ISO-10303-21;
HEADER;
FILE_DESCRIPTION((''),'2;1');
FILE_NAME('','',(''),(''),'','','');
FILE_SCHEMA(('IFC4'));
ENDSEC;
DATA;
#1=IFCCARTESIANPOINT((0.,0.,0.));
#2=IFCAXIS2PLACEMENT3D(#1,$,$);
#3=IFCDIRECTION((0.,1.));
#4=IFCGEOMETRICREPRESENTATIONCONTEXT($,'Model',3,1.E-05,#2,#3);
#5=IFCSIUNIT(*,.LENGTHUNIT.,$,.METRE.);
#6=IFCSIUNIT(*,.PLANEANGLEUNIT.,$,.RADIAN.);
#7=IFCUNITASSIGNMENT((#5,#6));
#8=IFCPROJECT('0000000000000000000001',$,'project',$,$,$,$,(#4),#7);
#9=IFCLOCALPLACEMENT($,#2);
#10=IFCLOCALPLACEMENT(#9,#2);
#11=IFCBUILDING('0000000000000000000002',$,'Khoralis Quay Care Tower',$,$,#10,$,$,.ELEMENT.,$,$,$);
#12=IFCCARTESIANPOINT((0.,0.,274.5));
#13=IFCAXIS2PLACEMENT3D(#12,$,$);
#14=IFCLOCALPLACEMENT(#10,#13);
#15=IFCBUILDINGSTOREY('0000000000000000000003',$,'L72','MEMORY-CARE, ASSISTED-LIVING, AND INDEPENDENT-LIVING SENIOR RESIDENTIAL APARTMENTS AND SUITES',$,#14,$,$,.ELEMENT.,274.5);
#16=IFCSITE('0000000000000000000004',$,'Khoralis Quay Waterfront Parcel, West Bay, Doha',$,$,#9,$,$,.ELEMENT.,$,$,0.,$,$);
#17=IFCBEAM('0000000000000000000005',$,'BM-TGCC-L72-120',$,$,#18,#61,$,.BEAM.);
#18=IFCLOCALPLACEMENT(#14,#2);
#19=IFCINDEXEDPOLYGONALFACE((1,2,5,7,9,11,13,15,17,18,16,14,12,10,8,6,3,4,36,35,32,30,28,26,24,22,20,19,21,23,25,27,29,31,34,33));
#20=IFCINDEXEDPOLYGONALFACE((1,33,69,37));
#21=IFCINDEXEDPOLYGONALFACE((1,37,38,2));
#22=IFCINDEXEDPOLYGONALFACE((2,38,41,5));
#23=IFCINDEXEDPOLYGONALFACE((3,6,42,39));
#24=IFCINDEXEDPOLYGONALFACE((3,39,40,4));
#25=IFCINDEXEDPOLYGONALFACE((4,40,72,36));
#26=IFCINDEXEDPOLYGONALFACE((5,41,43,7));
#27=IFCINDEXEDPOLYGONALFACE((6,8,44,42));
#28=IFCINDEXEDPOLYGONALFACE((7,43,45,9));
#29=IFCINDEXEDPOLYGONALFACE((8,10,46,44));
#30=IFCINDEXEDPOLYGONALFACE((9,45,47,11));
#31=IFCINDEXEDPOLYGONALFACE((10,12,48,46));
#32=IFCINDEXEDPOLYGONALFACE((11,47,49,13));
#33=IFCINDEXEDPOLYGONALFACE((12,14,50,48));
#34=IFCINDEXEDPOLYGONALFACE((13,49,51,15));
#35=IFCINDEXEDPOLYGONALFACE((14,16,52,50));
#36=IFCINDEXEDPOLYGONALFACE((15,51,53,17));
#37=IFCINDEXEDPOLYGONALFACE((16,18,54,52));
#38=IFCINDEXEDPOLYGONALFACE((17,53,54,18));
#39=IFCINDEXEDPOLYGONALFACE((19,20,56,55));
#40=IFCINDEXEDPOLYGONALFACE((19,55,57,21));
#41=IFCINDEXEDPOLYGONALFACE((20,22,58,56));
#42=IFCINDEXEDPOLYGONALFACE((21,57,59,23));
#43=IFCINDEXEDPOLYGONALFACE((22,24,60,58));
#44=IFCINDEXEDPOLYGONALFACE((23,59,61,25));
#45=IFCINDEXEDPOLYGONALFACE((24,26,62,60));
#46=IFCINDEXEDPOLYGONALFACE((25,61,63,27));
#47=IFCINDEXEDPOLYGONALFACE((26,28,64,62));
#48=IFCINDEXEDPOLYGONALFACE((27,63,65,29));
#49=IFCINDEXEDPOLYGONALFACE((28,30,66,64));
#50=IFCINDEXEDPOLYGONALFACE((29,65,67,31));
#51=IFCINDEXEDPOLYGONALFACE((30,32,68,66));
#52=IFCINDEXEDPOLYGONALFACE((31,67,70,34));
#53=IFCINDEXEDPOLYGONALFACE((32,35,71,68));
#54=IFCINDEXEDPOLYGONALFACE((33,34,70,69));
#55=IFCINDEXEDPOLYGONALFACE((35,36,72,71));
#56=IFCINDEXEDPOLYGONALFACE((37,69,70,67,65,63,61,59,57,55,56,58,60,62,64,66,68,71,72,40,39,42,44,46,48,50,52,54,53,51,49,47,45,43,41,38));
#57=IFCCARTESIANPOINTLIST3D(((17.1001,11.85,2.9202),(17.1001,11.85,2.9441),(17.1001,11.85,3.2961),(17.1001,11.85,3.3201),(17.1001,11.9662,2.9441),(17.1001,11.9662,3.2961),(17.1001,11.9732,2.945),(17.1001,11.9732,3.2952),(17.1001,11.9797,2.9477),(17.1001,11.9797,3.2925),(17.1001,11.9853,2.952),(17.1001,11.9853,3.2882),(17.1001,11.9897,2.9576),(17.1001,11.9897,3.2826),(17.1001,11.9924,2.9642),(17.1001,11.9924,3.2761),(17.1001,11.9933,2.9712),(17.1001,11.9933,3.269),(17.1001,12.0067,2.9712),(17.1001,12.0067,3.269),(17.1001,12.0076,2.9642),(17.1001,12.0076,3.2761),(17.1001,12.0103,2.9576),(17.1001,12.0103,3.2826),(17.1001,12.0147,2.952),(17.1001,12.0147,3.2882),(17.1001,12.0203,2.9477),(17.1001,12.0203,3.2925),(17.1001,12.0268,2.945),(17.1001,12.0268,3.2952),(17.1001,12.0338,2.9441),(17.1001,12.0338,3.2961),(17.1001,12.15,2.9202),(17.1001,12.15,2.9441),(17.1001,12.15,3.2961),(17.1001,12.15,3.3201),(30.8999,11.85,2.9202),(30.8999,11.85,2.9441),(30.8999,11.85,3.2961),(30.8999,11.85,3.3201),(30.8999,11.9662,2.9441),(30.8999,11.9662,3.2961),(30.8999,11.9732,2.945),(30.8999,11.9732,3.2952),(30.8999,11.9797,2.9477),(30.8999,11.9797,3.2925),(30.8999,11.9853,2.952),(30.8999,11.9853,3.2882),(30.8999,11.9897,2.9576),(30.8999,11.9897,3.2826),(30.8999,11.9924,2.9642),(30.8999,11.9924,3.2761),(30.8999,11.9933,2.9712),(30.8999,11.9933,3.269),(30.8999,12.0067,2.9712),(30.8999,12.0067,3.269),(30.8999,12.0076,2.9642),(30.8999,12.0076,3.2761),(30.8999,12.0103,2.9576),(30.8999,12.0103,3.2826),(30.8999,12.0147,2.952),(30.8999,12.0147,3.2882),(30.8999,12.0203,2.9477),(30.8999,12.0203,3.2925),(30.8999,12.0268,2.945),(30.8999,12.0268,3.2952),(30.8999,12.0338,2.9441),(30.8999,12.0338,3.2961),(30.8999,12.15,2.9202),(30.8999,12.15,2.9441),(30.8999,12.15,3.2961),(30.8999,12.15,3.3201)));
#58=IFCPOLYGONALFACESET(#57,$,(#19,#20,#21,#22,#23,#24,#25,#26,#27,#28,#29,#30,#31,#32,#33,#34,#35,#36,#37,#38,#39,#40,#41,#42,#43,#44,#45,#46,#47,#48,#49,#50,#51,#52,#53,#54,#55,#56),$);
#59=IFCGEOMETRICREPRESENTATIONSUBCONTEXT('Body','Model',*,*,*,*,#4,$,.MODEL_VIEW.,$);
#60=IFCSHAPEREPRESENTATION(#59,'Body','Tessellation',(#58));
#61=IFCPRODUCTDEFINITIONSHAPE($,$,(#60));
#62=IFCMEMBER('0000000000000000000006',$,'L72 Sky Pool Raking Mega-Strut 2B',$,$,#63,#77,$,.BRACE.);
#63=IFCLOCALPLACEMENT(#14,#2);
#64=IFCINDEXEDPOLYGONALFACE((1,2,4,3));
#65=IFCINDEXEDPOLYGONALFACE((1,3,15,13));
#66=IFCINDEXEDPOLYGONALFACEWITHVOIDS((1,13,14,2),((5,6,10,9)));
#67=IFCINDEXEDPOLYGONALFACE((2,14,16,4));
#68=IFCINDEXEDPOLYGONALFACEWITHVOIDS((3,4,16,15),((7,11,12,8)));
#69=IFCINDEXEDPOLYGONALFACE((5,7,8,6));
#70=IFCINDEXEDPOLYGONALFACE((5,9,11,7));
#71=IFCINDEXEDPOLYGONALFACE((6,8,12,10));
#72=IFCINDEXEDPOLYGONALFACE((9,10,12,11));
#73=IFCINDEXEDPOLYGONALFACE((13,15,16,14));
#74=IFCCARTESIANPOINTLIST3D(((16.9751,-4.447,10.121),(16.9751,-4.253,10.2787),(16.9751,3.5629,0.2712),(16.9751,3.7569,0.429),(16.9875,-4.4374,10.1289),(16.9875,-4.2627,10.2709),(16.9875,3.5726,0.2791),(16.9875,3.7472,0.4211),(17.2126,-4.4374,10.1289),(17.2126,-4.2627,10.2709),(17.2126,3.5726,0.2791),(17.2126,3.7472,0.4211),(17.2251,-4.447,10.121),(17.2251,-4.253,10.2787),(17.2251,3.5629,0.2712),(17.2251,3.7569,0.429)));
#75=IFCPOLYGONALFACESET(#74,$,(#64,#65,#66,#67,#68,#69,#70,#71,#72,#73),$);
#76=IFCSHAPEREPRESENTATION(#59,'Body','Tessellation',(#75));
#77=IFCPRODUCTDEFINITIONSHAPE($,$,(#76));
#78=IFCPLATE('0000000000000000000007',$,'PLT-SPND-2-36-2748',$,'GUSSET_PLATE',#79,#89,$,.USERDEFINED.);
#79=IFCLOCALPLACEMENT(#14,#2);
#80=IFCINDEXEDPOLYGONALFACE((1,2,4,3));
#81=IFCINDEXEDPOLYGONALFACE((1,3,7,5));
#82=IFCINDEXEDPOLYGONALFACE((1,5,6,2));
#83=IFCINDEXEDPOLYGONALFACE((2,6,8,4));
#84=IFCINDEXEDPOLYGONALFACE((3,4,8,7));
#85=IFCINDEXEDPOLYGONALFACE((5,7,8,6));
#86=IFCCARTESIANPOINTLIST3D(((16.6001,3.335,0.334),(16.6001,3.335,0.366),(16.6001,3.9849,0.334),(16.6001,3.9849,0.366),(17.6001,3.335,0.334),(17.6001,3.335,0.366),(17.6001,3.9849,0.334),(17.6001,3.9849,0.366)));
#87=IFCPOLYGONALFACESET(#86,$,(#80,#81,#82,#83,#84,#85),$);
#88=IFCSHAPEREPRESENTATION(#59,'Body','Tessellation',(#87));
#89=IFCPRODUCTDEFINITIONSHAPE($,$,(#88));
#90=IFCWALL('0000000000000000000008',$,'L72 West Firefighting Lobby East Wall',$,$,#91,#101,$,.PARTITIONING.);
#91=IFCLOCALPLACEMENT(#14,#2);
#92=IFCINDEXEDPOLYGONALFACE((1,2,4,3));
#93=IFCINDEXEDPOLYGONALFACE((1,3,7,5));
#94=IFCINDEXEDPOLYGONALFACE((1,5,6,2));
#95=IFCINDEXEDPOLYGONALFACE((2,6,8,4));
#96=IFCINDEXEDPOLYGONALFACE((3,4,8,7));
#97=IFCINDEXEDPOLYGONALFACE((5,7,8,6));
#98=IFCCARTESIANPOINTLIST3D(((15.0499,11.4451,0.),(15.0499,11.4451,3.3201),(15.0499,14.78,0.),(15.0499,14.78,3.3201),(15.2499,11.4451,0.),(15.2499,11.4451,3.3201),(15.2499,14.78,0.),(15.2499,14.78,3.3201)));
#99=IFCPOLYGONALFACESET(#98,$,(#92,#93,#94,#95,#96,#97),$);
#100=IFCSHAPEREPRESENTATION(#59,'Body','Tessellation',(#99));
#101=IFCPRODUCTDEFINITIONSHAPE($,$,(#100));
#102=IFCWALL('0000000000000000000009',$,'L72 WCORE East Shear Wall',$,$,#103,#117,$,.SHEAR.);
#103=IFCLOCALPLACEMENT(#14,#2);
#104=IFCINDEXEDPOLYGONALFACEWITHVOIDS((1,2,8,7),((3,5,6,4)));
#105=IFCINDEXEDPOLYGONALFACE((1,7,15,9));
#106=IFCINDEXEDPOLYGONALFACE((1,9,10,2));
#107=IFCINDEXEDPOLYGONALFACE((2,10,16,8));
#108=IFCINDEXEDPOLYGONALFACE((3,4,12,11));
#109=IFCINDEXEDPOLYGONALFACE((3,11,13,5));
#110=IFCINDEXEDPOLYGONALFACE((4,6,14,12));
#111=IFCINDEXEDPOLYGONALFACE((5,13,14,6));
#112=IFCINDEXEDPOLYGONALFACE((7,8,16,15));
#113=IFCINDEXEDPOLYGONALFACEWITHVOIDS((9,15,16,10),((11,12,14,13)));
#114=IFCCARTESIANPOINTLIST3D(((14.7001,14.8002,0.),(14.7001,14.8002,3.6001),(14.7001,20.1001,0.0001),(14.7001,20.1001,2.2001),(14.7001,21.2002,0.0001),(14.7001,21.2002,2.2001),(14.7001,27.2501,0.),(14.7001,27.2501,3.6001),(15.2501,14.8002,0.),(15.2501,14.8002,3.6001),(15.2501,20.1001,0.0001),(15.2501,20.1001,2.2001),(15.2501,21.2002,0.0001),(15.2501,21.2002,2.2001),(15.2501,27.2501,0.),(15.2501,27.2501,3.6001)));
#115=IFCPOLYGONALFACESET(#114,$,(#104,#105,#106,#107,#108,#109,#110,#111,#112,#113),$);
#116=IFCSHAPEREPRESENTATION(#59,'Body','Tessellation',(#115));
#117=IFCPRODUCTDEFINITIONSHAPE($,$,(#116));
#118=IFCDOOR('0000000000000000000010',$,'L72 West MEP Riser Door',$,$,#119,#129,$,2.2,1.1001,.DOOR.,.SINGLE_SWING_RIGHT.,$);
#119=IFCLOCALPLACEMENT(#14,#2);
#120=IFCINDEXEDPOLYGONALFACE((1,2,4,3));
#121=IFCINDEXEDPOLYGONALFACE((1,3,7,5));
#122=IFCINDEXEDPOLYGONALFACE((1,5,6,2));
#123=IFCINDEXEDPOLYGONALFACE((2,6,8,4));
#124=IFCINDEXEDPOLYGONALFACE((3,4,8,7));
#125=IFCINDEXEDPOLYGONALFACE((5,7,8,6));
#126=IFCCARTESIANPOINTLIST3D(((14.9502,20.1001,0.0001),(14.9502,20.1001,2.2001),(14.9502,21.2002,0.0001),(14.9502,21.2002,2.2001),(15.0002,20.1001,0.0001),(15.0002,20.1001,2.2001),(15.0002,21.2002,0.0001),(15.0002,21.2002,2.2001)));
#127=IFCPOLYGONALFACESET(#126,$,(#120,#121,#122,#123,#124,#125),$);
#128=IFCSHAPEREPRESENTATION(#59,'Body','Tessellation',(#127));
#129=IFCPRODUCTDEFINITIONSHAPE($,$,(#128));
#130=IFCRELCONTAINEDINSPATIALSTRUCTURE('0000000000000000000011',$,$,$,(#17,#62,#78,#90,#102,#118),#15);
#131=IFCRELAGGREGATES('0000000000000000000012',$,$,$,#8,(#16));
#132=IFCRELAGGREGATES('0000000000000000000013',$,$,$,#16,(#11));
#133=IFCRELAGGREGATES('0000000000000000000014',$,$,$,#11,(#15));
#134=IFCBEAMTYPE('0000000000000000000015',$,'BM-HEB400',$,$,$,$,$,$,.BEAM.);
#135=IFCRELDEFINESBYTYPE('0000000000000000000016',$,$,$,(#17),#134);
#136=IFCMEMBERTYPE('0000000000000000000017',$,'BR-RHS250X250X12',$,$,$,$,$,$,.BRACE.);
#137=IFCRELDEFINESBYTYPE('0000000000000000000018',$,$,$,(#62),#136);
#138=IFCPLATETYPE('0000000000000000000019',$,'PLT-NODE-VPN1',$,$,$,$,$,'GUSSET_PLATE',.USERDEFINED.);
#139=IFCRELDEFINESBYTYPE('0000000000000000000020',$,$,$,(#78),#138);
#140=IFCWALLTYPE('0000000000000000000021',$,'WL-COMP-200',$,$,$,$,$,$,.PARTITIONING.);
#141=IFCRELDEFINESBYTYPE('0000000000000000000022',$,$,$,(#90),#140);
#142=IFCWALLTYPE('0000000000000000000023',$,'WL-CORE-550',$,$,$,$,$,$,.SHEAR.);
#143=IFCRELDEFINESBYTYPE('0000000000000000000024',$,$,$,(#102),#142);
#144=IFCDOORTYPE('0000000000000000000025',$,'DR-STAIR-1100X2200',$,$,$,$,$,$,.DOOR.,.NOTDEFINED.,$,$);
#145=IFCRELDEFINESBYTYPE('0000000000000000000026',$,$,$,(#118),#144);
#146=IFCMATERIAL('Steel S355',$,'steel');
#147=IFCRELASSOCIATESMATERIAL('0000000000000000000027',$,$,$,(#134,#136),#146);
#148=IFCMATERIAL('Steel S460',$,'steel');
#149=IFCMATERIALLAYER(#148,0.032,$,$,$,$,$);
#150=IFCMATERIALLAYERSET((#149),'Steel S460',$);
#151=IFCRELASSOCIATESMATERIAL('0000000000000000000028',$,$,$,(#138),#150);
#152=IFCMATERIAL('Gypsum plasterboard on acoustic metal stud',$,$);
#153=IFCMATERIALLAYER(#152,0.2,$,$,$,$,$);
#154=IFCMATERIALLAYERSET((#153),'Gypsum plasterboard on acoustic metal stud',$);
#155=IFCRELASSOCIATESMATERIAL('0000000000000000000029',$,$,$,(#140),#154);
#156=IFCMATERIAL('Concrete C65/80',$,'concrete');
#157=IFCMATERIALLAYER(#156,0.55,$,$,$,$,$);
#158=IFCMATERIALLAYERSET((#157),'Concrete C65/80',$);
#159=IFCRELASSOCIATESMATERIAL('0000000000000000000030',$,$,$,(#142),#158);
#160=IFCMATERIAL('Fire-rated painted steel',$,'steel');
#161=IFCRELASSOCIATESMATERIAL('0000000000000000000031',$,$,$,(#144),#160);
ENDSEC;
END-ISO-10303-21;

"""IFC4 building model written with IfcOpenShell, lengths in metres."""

from ifc_helpers import new_model, si_unit, direction, frame, frame_2d, origin, origin_2d, place, context, subcontext, project, spatial, rectangle, hollow_rectangle, i_section, extrude, source, transform, mapped, material, layer, layer_set, material_profile, profile_set, type_object, element, fill, save


model = new_model("IFC4")

# Units and contexts
model_context = context("Model", 3, precision=1e-05, world=origin(), true_north=direction((0.0, 1.0)))
body_context = subcontext(model_context, "Body", "Model", "MODEL_VIEW")
ifc_project = project(units=[si_unit("LENGTHUNIT", "METRE"), si_unit("PLANEANGLEUNIT", "RADIAN")], contexts=[model_context])

# Site, building, storey
site_placement = place(None, origin())
site = spatial("IfcSite", under=ifc_project, at=site_placement, Name="Khoralis Quay Waterfront Parcel, West Bay, Doha", CompositionType="ELEMENT", RefElevation=0.0)
building_placement = place(site_placement, origin())
building = spatial("IfcBuilding", under=site, at=building_placement, Name="Khoralis Quay Care Tower", CompositionType="ELEMENT")
storey_placement = place(building_placement, frame((0.0, 0.0, 274.5)))
storey = spatial("IfcBuildingStorey", under=building, at=storey_placement, Name="L72", Description="MEMORY-CARE, ASSISTED-LIVING, AND INDEPENDENT-LIVING SENIOR RESIDENTIAL APARTMENTS AND SUITES", CompositionType="ELEMENT", Elevation=274.5)

# Beam
ifc_material_1 = material(Name="Steel S355", Category="steel")
ifc_material_profile_1 = material_profile(ifc_material_1, i_section(OverallWidth=0.3, OverallDepth=0.3999, WebThickness=0.0134, FlangeThickness=0.0239, FilletRadius=0.0271, at=origin_2d()), Name="Steel S355")
ifc_profile_set_1 = profile_set([ifc_material_profile_1], Name="Steel S355")
beam_type_1 = type_object("IfcBeamType", Name="BM-HEB400", PredefinedType="BEAM", material=ifc_profile_set_1)
shared_shape_1 = source(origin(), body_context, "Body", "SweptSolid", [
    extrude(i_section(OverallWidth=0.3, OverallDepth=0.3999, WebThickness=0.0134, FlangeThickness=0.0239, FilletRadius=0.0271, at=origin_2d()), origin(), (0.0, 0.0, 1.0), 13.7998),
])
beam_1_placement = place(storey_placement, frame((17.1001, 12.0, 3.1201), z_axis=(1.0, 0.0, 0.0), x_axis=(0.0, 1.0, 0.0)))
element("IfcBeam", 1, at=beam_1_placement, inside=storey, type_object=beam_type_1, Name="BM-TGCC-L72-120", PredefinedType="BEAM", context=body_context, shape_type="MappedRepresentation", body=[
    mapped(shared_shape_1, transform((0.0, 0.0, 0.0), scale=1.0)),
])

# Member
ifc_material_profile_2 = material_profile(ifc_material_1, hollow_rectangle(XDim=0.25, YDim=0.25, WallThickness=0.0125, at=origin_2d()), Name="Steel S355")
ifc_profile_set_2 = profile_set([ifc_material_profile_2], Name="Steel S355")
member_type = type_object("IfcMemberType", Name="BR-RHS250X250X12", PredefinedType="BRACE", material=ifc_profile_set_2)
shared_shape_2 = source(origin(), body_context, "Body", "SweptSolid", [
    extrude(hollow_rectangle(XDim=0.25, YDim=0.25, WallThickness=0.0125, at=origin_2d()), origin(), (0.0, 0.0, 1.0), 12.6956),
])
member_placement = place(storey_placement, frame((17.1001, 3.6599, 0.3501), z_axis=(0.0, -0.630925, 0.775844), x_axis=(1.0, 0.0, 0.0)))
element("IfcMember", 2, at=member_placement, inside=storey, type_object=member_type, Name="L72 Sky Pool Raking Mega-Strut 2B", PredefinedType="BRACE", context=body_context, shape_type="MappedRepresentation", body=[
    mapped(shared_shape_2, transform((0.0, 0.0, 0.0), scale=1.0)),
])

# Plate
ifc_material_2 = material(Name="Steel S460", Category="steel")
ifc_layer_1 = layer(ifc_material_2, 0.032)
ifc_layer_set_1 = layer_set([ifc_layer_1], Name="Steel S460")
plate_type = type_object("IfcPlateType", Name="PLT-NODE-VPN1", ElementType="GUSSET_PLATE", PredefinedType="USERDEFINED", material=ifc_layer_set_1)
shared_shape_3 = source(origin(), body_context, "Body", "SweptSolid", [
    extrude(rectangle(XDim=1.0, YDim=0.6499, at=origin_2d()), origin(), (0.0, 0.0, 1.0), 0.032),
])
plate_placement = place(storey_placement, frame((17.1001, 3.6599, 0.334), z_axis=(0.0, 0.0, 1.0), x_axis=(1.0, 0.0, 0.0)))
element("IfcPlate", 3, at=plate_placement, inside=storey, type_object=plate_type, Name="PLT-SPND-2-36-2748", ObjectType="GUSSET_PLATE", PredefinedType="USERDEFINED", context=body_context, shape_type="MappedRepresentation", body=[
    mapped(shared_shape_3, transform((0.0, 0.0, 0.0), scale=1.0)),
])

# Wall
ifc_material_3 = material(Name="Gypsum plasterboard on acoustic metal stud")
ifc_layer_2 = layer(ifc_material_3, 0.2)
ifc_layer_set_2 = layer_set([ifc_layer_2], Name="Gypsum plasterboard on acoustic metal stud")
wall_type_1 = type_object("IfcWallType", Name="WL-COMP-200", PredefinedType="PARTITIONING", material=ifc_layer_set_2)
wall_1_placement = place(storey_placement, frame((15.1499, 11.4451, 0.0), z_axis=(0.0, 0.0, 1.0), x_axis=(0.0, 1.0, 0.0)))
element("IfcWall", 4, at=wall_1_placement, inside=storey, type_object=wall_type_1, Name="L72 West Firefighting Lobby East Wall", PredefinedType="PARTITIONING", context=body_context, shape_type="SweptSolid", body=[
    extrude(rectangle(XDim=3.335, YDim=0.2, at=frame_2d((1.6675, 0.0))), origin(), (0.0, 0.0, 1.0), 3.3201),
])

# Wall, opening, door
ifc_material_4 = material(Name="Concrete C65/80", Category="concrete")
ifc_layer_3 = layer(ifc_material_4, 0.55)
ifc_layer_set_3 = layer_set([ifc_layer_3], Name="Concrete C65/80")
wall_type_2 = type_object("IfcWallType", Name="WL-CORE-550", PredefinedType="SHEAR", material=ifc_layer_set_3)
wall_2_placement = place(storey_placement, frame((14.9751, 14.8, 0.0), z_axis=(0.0, 0.0, 1.0), x_axis=(0.0, 1.0, 0.0)))
wall_2 = element("IfcWall", 5, at=wall_2_placement, inside=storey, type_object=wall_type_2, Name="L72 WCORE East Shear Wall", PredefinedType="SHEAR", context=body_context, shape_type="SweptSolid", body=[
    extrude(rectangle(XDim=12.45, YDim=0.55, at=frame_2d((6.2251, 0.0))), origin(), (0.0, 0.0, 1.0), 3.6001),
])
opening_1_placement = place(wall_2_placement, frame((5.3, 0.0, 0.0)))
opening_1 = element("IfcOpeningElement", 6, at=opening_1_placement, cuts=wall_2, PredefinedType="OPENING", context=body_context, shape_type="SweptSolid", body=[
    extrude(rectangle(XDim=1.1001, YDim=2.2, at=frame_2d((0.55, 1.1001))), frame((0.0, 0.2852, 0.0), z_axis=(0.0, -1.0, 0.0), x_axis=(1.0, 0.0, 0.0)), (0.0, 0.0, 1.0), 0.5701),
])
ifc_material_5 = material(Name="Fire-rated painted steel", Category="steel")
door_type_1 = type_object("IfcDoorType", Name="DR-STAIR-1100X2200", OperationType="NOTDEFINED", PredefinedType="DOOR", material=ifc_material_5)
shared_shape_4 = source(origin(), body_context, "Body", "SweptSolid", [
    extrude(rectangle(XDim=1.1001, YDim=2.2, at=frame_2d((0.55, 1.1001))), frame((0.0, 0.0249, 0.0), z_axis=(0.0, -1.0, 0.0), x_axis=(1.0, 0.0, 0.0)), (0.0, 0.0, 1.0), 0.05),
])
door_1_placement = place(opening_1_placement, origin())
door_1 = element("IfcDoor", 7, at=door_1_placement, inside=storey, type_object=door_type_1, Name="L72 West MEP Riser Door", OperationType="SINGLE_SWING_RIGHT", OverallHeight=2.2, OverallWidth=1.1001, PredefinedType="DOOR", context=body_context, shape_type="MappedRepresentation", body=[
    mapped(shared_shape_4, transform((0.0, 0.0, 0.0), scale=1.0)),
])
fill(opening_1, door_1)

save(model, "model.ifc")
